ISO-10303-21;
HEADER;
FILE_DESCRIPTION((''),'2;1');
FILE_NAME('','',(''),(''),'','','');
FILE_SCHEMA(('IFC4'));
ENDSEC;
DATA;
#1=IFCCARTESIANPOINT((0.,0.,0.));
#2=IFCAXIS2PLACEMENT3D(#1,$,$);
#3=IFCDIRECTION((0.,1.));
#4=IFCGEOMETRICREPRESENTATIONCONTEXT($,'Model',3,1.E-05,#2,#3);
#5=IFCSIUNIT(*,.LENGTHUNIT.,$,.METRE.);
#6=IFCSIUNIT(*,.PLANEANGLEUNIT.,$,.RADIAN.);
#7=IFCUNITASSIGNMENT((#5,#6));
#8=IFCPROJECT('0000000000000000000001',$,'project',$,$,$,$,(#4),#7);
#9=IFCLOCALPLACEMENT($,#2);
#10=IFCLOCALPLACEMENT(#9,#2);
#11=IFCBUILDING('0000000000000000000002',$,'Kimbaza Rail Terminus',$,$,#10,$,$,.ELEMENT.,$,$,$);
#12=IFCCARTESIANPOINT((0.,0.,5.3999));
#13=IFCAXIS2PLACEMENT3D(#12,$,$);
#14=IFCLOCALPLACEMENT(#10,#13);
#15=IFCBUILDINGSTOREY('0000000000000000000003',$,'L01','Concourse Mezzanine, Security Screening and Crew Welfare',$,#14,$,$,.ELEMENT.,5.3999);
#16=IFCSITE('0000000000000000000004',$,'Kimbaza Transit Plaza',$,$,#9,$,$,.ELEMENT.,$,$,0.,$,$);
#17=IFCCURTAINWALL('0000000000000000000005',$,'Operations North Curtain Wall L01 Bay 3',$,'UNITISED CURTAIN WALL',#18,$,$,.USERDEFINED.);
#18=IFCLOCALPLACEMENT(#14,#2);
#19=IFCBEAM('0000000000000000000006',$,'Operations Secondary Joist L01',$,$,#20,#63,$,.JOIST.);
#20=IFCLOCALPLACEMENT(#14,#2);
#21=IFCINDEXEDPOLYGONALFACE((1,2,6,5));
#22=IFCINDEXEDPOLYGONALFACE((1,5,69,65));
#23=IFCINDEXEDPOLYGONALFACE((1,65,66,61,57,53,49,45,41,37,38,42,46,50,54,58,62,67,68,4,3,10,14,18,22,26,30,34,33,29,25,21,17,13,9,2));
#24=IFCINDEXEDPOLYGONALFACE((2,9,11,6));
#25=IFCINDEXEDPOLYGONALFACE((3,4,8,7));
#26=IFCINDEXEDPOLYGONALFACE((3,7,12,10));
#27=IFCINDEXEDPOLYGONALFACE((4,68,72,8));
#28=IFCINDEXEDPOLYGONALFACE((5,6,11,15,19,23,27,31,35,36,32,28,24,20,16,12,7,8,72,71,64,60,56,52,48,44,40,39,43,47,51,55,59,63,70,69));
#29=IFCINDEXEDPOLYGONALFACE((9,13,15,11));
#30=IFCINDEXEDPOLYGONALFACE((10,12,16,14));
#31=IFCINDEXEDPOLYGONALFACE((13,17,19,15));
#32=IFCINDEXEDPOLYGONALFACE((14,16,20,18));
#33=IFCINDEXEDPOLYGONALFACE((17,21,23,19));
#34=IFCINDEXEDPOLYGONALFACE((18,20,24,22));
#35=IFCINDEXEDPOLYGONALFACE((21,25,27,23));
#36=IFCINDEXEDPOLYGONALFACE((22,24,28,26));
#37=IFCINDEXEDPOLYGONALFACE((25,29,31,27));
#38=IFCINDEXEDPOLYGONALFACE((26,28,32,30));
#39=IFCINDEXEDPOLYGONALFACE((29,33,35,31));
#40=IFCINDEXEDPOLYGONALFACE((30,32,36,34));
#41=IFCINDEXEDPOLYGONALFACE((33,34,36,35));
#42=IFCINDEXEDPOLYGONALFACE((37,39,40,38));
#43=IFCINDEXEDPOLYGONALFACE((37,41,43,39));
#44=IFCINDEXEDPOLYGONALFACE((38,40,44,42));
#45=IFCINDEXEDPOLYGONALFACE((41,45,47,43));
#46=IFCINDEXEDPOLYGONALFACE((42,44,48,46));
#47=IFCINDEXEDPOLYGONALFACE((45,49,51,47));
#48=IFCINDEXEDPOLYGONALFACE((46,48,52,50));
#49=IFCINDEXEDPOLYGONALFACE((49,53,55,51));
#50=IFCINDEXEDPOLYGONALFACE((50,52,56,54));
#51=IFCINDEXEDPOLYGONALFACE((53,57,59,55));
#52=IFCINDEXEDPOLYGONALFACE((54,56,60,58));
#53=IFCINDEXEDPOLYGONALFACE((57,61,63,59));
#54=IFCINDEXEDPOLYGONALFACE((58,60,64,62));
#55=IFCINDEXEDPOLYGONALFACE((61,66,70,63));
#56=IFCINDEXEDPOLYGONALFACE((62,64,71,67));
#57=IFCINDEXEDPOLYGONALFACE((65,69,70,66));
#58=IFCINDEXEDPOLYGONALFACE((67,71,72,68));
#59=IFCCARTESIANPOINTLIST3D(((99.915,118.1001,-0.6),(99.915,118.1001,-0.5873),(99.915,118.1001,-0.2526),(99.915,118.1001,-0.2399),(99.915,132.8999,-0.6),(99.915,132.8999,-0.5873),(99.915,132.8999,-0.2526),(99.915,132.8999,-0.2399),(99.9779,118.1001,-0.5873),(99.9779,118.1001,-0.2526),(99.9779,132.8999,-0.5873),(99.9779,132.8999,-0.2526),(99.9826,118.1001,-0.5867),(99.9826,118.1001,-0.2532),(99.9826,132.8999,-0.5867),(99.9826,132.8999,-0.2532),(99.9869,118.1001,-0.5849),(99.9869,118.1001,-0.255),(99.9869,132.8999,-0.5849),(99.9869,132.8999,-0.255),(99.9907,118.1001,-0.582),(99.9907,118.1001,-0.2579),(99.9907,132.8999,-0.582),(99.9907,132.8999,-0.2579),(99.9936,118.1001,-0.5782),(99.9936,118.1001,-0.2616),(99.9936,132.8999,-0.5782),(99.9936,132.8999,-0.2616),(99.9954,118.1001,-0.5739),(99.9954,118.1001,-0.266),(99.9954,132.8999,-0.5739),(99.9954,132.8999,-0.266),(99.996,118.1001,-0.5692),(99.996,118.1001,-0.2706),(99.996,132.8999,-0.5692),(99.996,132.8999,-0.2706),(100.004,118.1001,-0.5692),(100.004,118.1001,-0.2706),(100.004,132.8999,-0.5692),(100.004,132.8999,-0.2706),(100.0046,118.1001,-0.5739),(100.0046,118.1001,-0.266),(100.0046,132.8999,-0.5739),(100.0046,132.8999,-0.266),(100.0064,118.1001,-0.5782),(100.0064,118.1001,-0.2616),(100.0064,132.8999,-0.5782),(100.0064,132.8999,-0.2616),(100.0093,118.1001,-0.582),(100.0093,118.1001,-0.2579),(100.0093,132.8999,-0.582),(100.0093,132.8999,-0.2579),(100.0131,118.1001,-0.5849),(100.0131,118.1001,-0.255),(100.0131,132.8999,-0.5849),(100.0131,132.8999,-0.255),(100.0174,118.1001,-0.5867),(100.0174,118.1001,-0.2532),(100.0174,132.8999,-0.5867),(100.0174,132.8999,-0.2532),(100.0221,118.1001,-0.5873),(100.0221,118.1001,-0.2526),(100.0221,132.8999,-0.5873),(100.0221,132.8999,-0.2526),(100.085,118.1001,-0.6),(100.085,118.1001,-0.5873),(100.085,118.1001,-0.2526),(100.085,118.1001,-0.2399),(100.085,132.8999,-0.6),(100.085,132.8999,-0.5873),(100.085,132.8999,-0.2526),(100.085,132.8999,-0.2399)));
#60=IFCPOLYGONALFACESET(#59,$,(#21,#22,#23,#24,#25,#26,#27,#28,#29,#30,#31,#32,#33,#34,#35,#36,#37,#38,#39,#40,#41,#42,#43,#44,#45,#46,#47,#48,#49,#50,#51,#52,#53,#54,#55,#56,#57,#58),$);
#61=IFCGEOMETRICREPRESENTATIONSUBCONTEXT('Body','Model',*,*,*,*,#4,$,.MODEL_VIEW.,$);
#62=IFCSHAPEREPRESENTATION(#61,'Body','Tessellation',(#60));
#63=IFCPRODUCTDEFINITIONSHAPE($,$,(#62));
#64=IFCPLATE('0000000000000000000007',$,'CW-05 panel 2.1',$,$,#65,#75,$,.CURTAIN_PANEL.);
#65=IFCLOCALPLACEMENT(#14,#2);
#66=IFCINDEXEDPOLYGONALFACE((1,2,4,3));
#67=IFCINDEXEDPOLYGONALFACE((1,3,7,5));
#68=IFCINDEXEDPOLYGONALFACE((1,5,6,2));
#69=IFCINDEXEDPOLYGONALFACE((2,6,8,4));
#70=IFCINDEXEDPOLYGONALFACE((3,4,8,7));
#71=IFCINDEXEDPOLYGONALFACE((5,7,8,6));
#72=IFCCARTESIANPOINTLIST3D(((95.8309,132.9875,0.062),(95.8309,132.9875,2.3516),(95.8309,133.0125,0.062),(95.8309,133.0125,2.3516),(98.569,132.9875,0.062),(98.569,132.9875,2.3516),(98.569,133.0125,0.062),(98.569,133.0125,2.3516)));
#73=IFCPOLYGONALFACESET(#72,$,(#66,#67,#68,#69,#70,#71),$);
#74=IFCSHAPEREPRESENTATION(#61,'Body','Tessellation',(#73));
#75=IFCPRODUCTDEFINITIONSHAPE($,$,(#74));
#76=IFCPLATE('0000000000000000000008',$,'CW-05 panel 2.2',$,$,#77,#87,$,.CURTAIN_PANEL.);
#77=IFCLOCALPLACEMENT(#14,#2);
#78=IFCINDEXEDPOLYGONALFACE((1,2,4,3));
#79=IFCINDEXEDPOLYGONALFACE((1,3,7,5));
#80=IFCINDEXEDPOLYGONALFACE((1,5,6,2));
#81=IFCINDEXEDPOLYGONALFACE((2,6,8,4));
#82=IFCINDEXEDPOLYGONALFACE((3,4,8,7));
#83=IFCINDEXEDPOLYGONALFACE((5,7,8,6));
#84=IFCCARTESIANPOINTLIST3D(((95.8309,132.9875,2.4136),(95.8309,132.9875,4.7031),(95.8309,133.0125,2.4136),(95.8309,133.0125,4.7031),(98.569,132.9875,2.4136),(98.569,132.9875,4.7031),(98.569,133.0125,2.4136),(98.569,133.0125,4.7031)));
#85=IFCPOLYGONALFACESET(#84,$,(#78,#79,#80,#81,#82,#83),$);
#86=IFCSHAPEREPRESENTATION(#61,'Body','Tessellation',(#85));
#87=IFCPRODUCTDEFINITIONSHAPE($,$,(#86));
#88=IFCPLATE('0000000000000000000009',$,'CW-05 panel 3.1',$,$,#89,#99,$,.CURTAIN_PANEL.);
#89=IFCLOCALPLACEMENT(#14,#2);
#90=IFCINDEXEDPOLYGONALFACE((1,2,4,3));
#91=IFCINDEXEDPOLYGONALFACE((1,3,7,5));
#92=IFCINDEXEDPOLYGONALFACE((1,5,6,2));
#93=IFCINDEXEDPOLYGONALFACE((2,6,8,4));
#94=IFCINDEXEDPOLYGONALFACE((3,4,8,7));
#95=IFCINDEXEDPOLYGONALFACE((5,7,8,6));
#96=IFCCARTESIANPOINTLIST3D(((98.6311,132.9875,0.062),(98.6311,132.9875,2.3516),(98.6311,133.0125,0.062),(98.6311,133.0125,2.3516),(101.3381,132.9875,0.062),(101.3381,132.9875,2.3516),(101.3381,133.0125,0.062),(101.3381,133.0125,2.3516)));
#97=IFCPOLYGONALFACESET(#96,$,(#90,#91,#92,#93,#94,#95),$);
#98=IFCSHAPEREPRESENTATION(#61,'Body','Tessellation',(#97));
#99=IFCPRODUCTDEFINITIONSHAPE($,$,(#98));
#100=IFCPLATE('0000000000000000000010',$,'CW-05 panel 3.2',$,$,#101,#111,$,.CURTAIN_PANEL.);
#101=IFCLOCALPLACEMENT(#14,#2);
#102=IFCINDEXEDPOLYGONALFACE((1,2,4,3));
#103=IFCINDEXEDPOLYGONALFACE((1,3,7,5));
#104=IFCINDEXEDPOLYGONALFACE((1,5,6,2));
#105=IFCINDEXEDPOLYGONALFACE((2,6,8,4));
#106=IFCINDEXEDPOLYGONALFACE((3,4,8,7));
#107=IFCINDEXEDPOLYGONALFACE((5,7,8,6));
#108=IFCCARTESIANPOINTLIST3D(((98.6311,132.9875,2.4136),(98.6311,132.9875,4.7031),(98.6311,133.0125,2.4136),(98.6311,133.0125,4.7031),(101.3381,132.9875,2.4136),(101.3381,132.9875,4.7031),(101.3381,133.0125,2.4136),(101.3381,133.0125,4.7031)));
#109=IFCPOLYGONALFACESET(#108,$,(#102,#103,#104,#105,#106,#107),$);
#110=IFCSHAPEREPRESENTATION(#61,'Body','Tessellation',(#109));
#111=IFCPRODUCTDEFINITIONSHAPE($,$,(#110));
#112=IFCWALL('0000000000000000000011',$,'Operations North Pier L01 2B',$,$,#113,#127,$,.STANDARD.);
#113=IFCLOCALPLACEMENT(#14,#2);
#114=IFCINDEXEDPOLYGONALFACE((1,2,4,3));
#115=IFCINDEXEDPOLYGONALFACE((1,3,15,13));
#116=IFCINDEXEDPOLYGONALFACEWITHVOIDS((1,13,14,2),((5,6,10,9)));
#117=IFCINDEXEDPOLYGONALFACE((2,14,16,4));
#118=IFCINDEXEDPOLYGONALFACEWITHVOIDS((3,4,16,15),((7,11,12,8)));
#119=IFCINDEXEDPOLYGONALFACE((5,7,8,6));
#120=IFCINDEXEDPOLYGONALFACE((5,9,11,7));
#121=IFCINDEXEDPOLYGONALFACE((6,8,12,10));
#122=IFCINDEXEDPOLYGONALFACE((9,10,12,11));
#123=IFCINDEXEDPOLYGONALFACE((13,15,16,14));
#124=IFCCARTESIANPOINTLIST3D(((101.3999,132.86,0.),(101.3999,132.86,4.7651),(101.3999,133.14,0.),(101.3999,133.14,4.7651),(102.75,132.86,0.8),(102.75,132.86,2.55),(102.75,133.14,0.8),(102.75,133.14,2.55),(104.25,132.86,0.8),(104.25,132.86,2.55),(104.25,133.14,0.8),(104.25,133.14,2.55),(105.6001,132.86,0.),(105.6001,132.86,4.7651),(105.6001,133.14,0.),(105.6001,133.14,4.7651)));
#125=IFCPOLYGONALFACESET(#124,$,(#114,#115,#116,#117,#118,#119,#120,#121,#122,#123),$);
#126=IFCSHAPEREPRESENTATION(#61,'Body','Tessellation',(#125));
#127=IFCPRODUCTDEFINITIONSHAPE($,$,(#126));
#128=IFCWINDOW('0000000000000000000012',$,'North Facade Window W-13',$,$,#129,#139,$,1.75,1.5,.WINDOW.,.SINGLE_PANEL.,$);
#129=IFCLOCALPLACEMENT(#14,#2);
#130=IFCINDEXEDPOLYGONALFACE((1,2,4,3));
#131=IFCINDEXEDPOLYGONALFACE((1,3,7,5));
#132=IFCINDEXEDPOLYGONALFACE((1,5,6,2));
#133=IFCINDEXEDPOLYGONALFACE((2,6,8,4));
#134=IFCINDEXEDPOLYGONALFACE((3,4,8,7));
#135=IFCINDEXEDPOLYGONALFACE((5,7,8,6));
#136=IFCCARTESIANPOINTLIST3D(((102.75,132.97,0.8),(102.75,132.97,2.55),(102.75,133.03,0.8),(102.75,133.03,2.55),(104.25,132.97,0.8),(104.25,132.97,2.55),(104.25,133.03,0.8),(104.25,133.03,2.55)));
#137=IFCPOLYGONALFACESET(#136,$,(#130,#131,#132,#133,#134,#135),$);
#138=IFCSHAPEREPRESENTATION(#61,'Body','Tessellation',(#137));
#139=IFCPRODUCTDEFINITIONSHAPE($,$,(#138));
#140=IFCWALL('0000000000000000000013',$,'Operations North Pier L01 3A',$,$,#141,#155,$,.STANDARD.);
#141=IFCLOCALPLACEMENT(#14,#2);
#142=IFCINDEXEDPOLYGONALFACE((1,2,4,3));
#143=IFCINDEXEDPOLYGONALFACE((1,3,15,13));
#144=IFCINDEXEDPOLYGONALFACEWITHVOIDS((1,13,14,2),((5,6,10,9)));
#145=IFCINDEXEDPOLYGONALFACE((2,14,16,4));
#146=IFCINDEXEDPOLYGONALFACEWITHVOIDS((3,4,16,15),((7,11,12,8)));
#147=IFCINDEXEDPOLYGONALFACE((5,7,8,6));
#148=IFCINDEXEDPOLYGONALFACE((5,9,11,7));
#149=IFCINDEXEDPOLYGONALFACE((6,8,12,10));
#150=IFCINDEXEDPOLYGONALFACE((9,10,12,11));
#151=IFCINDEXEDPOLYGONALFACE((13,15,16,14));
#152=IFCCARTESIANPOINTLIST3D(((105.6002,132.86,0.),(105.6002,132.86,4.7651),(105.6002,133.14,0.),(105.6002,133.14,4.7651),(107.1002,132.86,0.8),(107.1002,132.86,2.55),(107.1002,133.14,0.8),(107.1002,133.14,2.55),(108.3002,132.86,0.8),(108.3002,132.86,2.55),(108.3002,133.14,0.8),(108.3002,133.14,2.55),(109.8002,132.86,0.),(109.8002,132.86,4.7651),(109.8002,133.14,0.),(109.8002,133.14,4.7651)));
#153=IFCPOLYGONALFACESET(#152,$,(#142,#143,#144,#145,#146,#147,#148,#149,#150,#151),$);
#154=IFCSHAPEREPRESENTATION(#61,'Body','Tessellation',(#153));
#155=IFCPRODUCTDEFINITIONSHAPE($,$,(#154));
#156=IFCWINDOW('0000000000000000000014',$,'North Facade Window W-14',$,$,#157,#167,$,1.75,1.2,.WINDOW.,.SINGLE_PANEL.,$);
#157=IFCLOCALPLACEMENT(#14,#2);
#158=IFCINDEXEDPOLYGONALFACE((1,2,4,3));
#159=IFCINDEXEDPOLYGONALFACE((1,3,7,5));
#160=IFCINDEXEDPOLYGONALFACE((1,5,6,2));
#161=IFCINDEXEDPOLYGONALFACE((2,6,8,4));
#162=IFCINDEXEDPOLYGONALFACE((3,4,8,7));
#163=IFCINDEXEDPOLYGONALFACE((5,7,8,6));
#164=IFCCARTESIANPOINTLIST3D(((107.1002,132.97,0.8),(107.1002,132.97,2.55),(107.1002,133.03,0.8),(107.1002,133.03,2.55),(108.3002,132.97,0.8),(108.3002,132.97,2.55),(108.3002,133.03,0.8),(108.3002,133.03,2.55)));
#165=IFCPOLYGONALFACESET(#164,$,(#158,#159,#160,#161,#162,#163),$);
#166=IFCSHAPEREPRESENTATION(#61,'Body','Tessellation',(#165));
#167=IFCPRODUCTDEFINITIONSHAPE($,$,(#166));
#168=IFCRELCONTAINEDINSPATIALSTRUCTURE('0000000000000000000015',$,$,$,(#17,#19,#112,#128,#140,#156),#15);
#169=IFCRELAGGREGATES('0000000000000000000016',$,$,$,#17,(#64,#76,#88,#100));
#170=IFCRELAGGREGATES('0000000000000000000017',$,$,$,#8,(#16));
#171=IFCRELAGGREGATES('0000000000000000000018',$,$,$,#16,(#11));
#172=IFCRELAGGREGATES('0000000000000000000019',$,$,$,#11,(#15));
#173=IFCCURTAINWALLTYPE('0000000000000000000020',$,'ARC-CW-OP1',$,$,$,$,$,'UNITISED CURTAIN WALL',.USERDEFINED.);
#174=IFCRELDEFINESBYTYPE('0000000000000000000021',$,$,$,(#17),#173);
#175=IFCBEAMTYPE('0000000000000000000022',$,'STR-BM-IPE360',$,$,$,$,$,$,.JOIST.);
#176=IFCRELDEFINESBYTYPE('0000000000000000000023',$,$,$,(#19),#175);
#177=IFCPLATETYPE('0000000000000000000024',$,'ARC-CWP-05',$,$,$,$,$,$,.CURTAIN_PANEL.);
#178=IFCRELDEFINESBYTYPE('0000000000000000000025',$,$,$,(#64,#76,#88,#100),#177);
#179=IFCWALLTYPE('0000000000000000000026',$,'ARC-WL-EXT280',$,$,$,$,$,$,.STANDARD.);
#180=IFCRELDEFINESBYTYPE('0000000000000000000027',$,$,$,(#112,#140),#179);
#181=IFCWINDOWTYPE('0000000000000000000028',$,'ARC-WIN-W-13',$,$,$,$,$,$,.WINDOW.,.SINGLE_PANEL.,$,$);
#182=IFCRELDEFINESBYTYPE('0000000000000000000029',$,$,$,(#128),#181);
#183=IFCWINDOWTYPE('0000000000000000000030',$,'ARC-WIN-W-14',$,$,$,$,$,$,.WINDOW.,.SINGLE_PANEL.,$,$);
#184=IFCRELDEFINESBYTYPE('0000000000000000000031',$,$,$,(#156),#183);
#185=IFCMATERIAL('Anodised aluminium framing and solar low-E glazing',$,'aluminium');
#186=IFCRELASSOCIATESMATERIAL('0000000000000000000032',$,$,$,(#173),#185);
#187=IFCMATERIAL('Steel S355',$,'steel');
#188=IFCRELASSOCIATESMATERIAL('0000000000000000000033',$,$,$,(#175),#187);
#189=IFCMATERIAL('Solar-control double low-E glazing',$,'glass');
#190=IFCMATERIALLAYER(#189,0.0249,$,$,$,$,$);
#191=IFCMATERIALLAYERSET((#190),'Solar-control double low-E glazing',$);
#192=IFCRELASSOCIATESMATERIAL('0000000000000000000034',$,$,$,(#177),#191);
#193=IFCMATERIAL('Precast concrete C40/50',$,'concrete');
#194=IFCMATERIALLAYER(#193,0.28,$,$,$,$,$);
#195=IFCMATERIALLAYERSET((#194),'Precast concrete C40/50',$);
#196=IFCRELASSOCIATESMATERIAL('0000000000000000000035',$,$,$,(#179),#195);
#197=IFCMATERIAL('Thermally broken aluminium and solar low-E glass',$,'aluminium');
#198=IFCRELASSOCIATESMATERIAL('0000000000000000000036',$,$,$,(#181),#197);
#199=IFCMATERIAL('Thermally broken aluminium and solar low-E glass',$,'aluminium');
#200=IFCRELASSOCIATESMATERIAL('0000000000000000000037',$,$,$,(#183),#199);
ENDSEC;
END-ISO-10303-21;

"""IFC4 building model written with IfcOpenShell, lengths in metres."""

from ifc_helpers import new_model, si_unit, direction, frame, frame_2d, origin, origin_2d, place, context, subcontext, project, spatial, rectangle, i_section, extrude, material, layer, layer_set, material_profile, profile_set, type_object, element, fill, aggregate, save


model = new_model("IFC4")

# Units and contexts
model_context = context("Model", 3, precision=1e-05, world=origin(), true_north=direction((0.0, 1.0)))
body_context = subcontext(model_context, "Body", "Model", "MODEL_VIEW")
ifc_project = project(units=[si_unit("LENGTHUNIT", "METRE"), si_unit("PLANEANGLEUNIT", "RADIAN")], contexts=[model_context])

# Site, building, storey
site_placement = place(None, origin())
site = spatial("IfcSite", under=ifc_project, at=site_placement, Name="Kimbaza Transit Plaza", CompositionType="ELEMENT", RefElevation=0.0)
building_placement = place(site_placement, origin())
building = spatial("IfcBuilding", under=site, at=building_placement, Name="Kimbaza Rail Terminus", CompositionType="ELEMENT")
storey_placement = place(building_placement, frame((0.0, 0.0, 5.3999)))
storey = spatial("IfcBuildingStorey", under=building, at=storey_placement, Name="L01", Description="Concourse Mezzanine, Security Screening and Crew Welfare", CompositionType="ELEMENT", Elevation=5.3999)

# Curtain wall
ifc_material_1 = material(Name="Anodised aluminium framing and solar low-E glazing", Category="aluminium")
curtain_wall_type = type_object("IfcCurtainWallType", Name="ARC-CW-OP1", ElementType="UNITISED CURTAIN WALL", PredefinedType="USERDEFINED", material=ifc_material_1)
curtain_wall_1_placement = place(storey_placement, origin())
curtain_wall_1 = element("IfcCurtainWall", 1, at=curtain_wall_1_placement, inside=storey, type_object=curtain_wall_type, Name="Operations North Curtain Wall L01 Bay 3", ObjectType="UNITISED CURTAIN WALL", PredefinedType="USERDEFINED")

# Beam
ifc_material_2 = material(Name="Steel S355", Category="steel")
ifc_material_profile_1 = material_profile(ifc_material_2, i_section(OverallWidth=0.1699, OverallDepth=0.3601, WebThickness=0.0081, FlangeThickness=0.0127, FilletRadius=0.0181, at=origin_2d()), Name="IPE 360")
ifc_profile_set_1 = profile_set([ifc_material_profile_1], Name="Steel S355")
beam_type_1 = type_object("IfcBeamType", Name="STR-BM-IPE360", PredefinedType="JOIST", material=ifc_profile_set_1)
beam_1_placement = place(storey_placement, frame((100.0, 118.1001, -0.4199), z_axis=(0.0, 1.0, 0.0), x_axis=(-1.0, 0.0, 0.0)))
element("IfcBeam", 2, at=beam_1_placement, inside=storey, type_object=beam_type_1, Name="Operations Secondary Joist L01", PredefinedType="JOIST", context=body_context, shape_type="SweptSolid", body=[
    extrude(i_section(OverallWidth=0.1699, OverallDepth=0.3601, WebThickness=0.0081, FlangeThickness=0.0127, FilletRadius=0.0181, at=origin_2d()), origin(), (0.0, 0.0, 1.0), 14.7998),
])

# Plates
ifc_material_3 = material(Name="Solar-control double low-E glazing", Category="glass")
ifc_layer_1 = layer(ifc_material_3, 0.0249)
ifc_layer_set_1 = layer_set([ifc_layer_1], Name="Solar-control double low-E glazing")
plate_type = type_object("IfcPlateType", Name="ARC-CWP-05", PredefinedType="CURTAIN_PANEL", material=ifc_layer_set_1)
plate_1_placement = place(storey_placement, frame((97.2, 133.0, 0.062), z_axis=(0.0, 0.0, 1.0), x_axis=(1.0, 0.0, 0.0)))
plate_1 = element("IfcPlate", 3, at=plate_1_placement, type_object=plate_type, Name="CW-05 panel 2.1", PredefinedType="CURTAIN_PANEL", context=body_context, shape_type="SweptSolid", body=[
    extrude(rectangle(XDim=2.738, YDim=0.0249, at=origin_2d()), origin(), (0.0, 0.0, 1.0), 2.2896),
])
plate_2_placement = place(storey_placement, frame((97.2, 133.0, 2.4136), z_axis=(0.0, 0.0, 1.0), x_axis=(1.0, 0.0, 0.0)))
plate_2 = element("IfcPlate", 4, at=plate_2_placement, type_object=plate_type, Name="CW-05 panel 2.2", PredefinedType="CURTAIN_PANEL", context=body_context, shape_type="SweptSolid", body=[
    extrude(rectangle(XDim=2.738, YDim=0.0249, at=origin_2d()), origin(), (0.0, 0.0, 1.0), 2.2896),
])
plate_3_placement = place(storey_placement, frame((99.9846, 133.0, 0.062), z_axis=(0.0, 0.0, 1.0), x_axis=(1.0, 0.0, 0.0)))
plate_3 = element("IfcPlate", 5, at=plate_3_placement, type_object=plate_type, Name="CW-05 panel 3.1", PredefinedType="CURTAIN_PANEL", context=body_context, shape_type="SweptSolid", body=[
    extrude(rectangle(XDim=2.707, YDim=0.0249, at=origin_2d()), origin(), (0.0, 0.0, 1.0), 2.2896),
])
plate_4_placement = place(storey_placement, frame((99.9846, 133.0, 2.4136), z_axis=(0.0, 0.0, 1.0), x_axis=(1.0, 0.0, 0.0)))
plate_4 = element("IfcPlate", 6, at=plate_4_placement, type_object=plate_type, Name="CW-05 panel 3.2", PredefinedType="CURTAIN_PANEL", context=body_context, shape_type="SweptSolid", body=[
    extrude(rectangle(XDim=2.707, YDim=0.0249, at=origin_2d()), origin(), (0.0, 0.0, 1.0), 2.2896),
])
aggregate(curtain_wall_1, [plate_1, plate_2, plate_3, plate_4])

# Walls, openings, windows
ifc_material_4 = material(Name="Precast concrete C40/50", Category="concrete")
ifc_layer_2 = layer(ifc_material_4, 0.28)
ifc_layer_set_2 = layer_set([ifc_layer_2], Name="Precast concrete C40/50")
wall_type_1 = type_object("IfcWallType", Name="ARC-WL-EXT280", PredefinedType="STANDARD", material=ifc_layer_set_2)
wall_1_placement = place(storey_placement, frame((101.3999, 133.0, 0.0), z_axis=(0.0, 0.0, 1.0), x_axis=(1.0, 0.0, 0.0)))
wall_1 = element("IfcWall", 7, at=wall_1_placement, inside=storey, type_object=wall_type_1, Name="Operations North Pier L01 2B", PredefinedType="STANDARD", context=body_context, shape_type="SweptSolid", body=[
    extrude(rectangle(XDim=4.2002, YDim=0.28, at=frame_2d((2.1001, 0.0))), origin(), (0.0, 0.0, 1.0), 4.7651),
])
opening_1_placement = place(wall_1_placement, frame((1.3501, 0.0, 0.8)))
opening_1 = element("IfcOpeningElement", 8, at=opening_1_placement, cuts=wall_1, PredefinedType="OPENING", context=body_context, shape_type="SweptSolid", body=[
    extrude(rectangle(XDim=1.5, YDim=1.75, at=frame_2d((0.75, 0.875))), frame((0.0, 0.1499, 0.0), z_axis=(0.0, -1.0, 0.0), x_axis=(1.0, 0.0, 0.0)), (0.0, 0.0, 1.0), 0.3),
])
ifc_material_5 = material(Name="Thermally broken aluminium and solar low-E glass", Category="aluminium")
window_type_1 = type_object("IfcWindowType", Name="ARC-WIN-W-13", PartitioningType="SINGLE_PANEL", PredefinedType="WINDOW", material=ifc_material_5)
window_1_placement = place(opening_1_placement, origin())
window_1 = element("IfcWindow", 9, at=window_1_placement, inside=storey, type_object=window_type_1, Name="North Facade Window W-13", OverallHeight=1.75, OverallWidth=1.5, PartitioningType="SINGLE_PANEL", PredefinedType="WINDOW", context=body_context, shape_type="SweptSolid", body=[
    extrude(rectangle(XDim=1.5, YDim=1.75, at=frame_2d((0.75, 0.875))), frame((0.0, 0.03, 0.0), z_axis=(0.0, -1.0, 0.0), x_axis=(1.0, 0.0, 0.0)), (0.0, 0.0, 1.0), 0.0601),
])
fill(opening_1, window_1)
wall_2_placement = place(storey_placement, frame((105.6001, 133.0, 0.0), z_axis=(0.0, 0.0, 1.0), x_axis=(1.0, 0.0, 0.0)))
wall_2 = element("IfcWall", 10, at=wall_2_placement, inside=storey, type_object=wall_type_1, Name="Operations North Pier L01 3A", PredefinedType="STANDARD", context=body_context, shape_type="SweptSolid", body=[
    extrude(rectangle(XDim=4.2, YDim=0.28, at=frame_2d((2.1001, 0.0))), origin(), (0.0, 0.0, 1.0), 4.7651),
])
opening_2_placement = place(wall_2_placement, frame((1.5, 0.0, 0.8)))
opening_2 = element("IfcOpeningElement", 11, at=opening_2_placement, cuts=wall_2, PredefinedType="OPENING", context=body_context, shape_type="SweptSolid", body=[
    extrude(rectangle(XDim=1.2, YDim=1.75, at=frame_2d((0.6001, 0.875))), frame((0.0, 0.1499, 0.0), z_axis=(0.0, -1.0, 0.0), x_axis=(1.0, 0.0, 0.0)), (0.0, 0.0, 1.0), 0.3),
])
ifc_material_6 = material(Name="Thermally broken aluminium and solar low-E glass", Category="aluminium")
window_type_2 = type_object("IfcWindowType", Name="ARC-WIN-W-14", PartitioningType="SINGLE_PANEL", PredefinedType="WINDOW", material=ifc_material_6)
window_2_placement = place(opening_2_placement, origin())
window_2 = element("IfcWindow", 12, at=window_2_placement, inside=storey, type_object=window_type_2, Name="North Facade Window W-14", OverallHeight=1.75, OverallWidth=1.2, PartitioningType="SINGLE_PANEL", PredefinedType="WINDOW", context=body_context, shape_type="SweptSolid", body=[
    extrude(rectangle(XDim=1.2, YDim=1.75, at=frame_2d((0.6001, 0.875))), frame((0.0, 0.03, 0.0), z_axis=(0.0, -1.0, 0.0), x_axis=(1.0, 0.0, 0.0)), (0.0, 0.0, 1.0), 0.0601),
])
fill(opening_2, window_2)

save(model, "model.ifc")
